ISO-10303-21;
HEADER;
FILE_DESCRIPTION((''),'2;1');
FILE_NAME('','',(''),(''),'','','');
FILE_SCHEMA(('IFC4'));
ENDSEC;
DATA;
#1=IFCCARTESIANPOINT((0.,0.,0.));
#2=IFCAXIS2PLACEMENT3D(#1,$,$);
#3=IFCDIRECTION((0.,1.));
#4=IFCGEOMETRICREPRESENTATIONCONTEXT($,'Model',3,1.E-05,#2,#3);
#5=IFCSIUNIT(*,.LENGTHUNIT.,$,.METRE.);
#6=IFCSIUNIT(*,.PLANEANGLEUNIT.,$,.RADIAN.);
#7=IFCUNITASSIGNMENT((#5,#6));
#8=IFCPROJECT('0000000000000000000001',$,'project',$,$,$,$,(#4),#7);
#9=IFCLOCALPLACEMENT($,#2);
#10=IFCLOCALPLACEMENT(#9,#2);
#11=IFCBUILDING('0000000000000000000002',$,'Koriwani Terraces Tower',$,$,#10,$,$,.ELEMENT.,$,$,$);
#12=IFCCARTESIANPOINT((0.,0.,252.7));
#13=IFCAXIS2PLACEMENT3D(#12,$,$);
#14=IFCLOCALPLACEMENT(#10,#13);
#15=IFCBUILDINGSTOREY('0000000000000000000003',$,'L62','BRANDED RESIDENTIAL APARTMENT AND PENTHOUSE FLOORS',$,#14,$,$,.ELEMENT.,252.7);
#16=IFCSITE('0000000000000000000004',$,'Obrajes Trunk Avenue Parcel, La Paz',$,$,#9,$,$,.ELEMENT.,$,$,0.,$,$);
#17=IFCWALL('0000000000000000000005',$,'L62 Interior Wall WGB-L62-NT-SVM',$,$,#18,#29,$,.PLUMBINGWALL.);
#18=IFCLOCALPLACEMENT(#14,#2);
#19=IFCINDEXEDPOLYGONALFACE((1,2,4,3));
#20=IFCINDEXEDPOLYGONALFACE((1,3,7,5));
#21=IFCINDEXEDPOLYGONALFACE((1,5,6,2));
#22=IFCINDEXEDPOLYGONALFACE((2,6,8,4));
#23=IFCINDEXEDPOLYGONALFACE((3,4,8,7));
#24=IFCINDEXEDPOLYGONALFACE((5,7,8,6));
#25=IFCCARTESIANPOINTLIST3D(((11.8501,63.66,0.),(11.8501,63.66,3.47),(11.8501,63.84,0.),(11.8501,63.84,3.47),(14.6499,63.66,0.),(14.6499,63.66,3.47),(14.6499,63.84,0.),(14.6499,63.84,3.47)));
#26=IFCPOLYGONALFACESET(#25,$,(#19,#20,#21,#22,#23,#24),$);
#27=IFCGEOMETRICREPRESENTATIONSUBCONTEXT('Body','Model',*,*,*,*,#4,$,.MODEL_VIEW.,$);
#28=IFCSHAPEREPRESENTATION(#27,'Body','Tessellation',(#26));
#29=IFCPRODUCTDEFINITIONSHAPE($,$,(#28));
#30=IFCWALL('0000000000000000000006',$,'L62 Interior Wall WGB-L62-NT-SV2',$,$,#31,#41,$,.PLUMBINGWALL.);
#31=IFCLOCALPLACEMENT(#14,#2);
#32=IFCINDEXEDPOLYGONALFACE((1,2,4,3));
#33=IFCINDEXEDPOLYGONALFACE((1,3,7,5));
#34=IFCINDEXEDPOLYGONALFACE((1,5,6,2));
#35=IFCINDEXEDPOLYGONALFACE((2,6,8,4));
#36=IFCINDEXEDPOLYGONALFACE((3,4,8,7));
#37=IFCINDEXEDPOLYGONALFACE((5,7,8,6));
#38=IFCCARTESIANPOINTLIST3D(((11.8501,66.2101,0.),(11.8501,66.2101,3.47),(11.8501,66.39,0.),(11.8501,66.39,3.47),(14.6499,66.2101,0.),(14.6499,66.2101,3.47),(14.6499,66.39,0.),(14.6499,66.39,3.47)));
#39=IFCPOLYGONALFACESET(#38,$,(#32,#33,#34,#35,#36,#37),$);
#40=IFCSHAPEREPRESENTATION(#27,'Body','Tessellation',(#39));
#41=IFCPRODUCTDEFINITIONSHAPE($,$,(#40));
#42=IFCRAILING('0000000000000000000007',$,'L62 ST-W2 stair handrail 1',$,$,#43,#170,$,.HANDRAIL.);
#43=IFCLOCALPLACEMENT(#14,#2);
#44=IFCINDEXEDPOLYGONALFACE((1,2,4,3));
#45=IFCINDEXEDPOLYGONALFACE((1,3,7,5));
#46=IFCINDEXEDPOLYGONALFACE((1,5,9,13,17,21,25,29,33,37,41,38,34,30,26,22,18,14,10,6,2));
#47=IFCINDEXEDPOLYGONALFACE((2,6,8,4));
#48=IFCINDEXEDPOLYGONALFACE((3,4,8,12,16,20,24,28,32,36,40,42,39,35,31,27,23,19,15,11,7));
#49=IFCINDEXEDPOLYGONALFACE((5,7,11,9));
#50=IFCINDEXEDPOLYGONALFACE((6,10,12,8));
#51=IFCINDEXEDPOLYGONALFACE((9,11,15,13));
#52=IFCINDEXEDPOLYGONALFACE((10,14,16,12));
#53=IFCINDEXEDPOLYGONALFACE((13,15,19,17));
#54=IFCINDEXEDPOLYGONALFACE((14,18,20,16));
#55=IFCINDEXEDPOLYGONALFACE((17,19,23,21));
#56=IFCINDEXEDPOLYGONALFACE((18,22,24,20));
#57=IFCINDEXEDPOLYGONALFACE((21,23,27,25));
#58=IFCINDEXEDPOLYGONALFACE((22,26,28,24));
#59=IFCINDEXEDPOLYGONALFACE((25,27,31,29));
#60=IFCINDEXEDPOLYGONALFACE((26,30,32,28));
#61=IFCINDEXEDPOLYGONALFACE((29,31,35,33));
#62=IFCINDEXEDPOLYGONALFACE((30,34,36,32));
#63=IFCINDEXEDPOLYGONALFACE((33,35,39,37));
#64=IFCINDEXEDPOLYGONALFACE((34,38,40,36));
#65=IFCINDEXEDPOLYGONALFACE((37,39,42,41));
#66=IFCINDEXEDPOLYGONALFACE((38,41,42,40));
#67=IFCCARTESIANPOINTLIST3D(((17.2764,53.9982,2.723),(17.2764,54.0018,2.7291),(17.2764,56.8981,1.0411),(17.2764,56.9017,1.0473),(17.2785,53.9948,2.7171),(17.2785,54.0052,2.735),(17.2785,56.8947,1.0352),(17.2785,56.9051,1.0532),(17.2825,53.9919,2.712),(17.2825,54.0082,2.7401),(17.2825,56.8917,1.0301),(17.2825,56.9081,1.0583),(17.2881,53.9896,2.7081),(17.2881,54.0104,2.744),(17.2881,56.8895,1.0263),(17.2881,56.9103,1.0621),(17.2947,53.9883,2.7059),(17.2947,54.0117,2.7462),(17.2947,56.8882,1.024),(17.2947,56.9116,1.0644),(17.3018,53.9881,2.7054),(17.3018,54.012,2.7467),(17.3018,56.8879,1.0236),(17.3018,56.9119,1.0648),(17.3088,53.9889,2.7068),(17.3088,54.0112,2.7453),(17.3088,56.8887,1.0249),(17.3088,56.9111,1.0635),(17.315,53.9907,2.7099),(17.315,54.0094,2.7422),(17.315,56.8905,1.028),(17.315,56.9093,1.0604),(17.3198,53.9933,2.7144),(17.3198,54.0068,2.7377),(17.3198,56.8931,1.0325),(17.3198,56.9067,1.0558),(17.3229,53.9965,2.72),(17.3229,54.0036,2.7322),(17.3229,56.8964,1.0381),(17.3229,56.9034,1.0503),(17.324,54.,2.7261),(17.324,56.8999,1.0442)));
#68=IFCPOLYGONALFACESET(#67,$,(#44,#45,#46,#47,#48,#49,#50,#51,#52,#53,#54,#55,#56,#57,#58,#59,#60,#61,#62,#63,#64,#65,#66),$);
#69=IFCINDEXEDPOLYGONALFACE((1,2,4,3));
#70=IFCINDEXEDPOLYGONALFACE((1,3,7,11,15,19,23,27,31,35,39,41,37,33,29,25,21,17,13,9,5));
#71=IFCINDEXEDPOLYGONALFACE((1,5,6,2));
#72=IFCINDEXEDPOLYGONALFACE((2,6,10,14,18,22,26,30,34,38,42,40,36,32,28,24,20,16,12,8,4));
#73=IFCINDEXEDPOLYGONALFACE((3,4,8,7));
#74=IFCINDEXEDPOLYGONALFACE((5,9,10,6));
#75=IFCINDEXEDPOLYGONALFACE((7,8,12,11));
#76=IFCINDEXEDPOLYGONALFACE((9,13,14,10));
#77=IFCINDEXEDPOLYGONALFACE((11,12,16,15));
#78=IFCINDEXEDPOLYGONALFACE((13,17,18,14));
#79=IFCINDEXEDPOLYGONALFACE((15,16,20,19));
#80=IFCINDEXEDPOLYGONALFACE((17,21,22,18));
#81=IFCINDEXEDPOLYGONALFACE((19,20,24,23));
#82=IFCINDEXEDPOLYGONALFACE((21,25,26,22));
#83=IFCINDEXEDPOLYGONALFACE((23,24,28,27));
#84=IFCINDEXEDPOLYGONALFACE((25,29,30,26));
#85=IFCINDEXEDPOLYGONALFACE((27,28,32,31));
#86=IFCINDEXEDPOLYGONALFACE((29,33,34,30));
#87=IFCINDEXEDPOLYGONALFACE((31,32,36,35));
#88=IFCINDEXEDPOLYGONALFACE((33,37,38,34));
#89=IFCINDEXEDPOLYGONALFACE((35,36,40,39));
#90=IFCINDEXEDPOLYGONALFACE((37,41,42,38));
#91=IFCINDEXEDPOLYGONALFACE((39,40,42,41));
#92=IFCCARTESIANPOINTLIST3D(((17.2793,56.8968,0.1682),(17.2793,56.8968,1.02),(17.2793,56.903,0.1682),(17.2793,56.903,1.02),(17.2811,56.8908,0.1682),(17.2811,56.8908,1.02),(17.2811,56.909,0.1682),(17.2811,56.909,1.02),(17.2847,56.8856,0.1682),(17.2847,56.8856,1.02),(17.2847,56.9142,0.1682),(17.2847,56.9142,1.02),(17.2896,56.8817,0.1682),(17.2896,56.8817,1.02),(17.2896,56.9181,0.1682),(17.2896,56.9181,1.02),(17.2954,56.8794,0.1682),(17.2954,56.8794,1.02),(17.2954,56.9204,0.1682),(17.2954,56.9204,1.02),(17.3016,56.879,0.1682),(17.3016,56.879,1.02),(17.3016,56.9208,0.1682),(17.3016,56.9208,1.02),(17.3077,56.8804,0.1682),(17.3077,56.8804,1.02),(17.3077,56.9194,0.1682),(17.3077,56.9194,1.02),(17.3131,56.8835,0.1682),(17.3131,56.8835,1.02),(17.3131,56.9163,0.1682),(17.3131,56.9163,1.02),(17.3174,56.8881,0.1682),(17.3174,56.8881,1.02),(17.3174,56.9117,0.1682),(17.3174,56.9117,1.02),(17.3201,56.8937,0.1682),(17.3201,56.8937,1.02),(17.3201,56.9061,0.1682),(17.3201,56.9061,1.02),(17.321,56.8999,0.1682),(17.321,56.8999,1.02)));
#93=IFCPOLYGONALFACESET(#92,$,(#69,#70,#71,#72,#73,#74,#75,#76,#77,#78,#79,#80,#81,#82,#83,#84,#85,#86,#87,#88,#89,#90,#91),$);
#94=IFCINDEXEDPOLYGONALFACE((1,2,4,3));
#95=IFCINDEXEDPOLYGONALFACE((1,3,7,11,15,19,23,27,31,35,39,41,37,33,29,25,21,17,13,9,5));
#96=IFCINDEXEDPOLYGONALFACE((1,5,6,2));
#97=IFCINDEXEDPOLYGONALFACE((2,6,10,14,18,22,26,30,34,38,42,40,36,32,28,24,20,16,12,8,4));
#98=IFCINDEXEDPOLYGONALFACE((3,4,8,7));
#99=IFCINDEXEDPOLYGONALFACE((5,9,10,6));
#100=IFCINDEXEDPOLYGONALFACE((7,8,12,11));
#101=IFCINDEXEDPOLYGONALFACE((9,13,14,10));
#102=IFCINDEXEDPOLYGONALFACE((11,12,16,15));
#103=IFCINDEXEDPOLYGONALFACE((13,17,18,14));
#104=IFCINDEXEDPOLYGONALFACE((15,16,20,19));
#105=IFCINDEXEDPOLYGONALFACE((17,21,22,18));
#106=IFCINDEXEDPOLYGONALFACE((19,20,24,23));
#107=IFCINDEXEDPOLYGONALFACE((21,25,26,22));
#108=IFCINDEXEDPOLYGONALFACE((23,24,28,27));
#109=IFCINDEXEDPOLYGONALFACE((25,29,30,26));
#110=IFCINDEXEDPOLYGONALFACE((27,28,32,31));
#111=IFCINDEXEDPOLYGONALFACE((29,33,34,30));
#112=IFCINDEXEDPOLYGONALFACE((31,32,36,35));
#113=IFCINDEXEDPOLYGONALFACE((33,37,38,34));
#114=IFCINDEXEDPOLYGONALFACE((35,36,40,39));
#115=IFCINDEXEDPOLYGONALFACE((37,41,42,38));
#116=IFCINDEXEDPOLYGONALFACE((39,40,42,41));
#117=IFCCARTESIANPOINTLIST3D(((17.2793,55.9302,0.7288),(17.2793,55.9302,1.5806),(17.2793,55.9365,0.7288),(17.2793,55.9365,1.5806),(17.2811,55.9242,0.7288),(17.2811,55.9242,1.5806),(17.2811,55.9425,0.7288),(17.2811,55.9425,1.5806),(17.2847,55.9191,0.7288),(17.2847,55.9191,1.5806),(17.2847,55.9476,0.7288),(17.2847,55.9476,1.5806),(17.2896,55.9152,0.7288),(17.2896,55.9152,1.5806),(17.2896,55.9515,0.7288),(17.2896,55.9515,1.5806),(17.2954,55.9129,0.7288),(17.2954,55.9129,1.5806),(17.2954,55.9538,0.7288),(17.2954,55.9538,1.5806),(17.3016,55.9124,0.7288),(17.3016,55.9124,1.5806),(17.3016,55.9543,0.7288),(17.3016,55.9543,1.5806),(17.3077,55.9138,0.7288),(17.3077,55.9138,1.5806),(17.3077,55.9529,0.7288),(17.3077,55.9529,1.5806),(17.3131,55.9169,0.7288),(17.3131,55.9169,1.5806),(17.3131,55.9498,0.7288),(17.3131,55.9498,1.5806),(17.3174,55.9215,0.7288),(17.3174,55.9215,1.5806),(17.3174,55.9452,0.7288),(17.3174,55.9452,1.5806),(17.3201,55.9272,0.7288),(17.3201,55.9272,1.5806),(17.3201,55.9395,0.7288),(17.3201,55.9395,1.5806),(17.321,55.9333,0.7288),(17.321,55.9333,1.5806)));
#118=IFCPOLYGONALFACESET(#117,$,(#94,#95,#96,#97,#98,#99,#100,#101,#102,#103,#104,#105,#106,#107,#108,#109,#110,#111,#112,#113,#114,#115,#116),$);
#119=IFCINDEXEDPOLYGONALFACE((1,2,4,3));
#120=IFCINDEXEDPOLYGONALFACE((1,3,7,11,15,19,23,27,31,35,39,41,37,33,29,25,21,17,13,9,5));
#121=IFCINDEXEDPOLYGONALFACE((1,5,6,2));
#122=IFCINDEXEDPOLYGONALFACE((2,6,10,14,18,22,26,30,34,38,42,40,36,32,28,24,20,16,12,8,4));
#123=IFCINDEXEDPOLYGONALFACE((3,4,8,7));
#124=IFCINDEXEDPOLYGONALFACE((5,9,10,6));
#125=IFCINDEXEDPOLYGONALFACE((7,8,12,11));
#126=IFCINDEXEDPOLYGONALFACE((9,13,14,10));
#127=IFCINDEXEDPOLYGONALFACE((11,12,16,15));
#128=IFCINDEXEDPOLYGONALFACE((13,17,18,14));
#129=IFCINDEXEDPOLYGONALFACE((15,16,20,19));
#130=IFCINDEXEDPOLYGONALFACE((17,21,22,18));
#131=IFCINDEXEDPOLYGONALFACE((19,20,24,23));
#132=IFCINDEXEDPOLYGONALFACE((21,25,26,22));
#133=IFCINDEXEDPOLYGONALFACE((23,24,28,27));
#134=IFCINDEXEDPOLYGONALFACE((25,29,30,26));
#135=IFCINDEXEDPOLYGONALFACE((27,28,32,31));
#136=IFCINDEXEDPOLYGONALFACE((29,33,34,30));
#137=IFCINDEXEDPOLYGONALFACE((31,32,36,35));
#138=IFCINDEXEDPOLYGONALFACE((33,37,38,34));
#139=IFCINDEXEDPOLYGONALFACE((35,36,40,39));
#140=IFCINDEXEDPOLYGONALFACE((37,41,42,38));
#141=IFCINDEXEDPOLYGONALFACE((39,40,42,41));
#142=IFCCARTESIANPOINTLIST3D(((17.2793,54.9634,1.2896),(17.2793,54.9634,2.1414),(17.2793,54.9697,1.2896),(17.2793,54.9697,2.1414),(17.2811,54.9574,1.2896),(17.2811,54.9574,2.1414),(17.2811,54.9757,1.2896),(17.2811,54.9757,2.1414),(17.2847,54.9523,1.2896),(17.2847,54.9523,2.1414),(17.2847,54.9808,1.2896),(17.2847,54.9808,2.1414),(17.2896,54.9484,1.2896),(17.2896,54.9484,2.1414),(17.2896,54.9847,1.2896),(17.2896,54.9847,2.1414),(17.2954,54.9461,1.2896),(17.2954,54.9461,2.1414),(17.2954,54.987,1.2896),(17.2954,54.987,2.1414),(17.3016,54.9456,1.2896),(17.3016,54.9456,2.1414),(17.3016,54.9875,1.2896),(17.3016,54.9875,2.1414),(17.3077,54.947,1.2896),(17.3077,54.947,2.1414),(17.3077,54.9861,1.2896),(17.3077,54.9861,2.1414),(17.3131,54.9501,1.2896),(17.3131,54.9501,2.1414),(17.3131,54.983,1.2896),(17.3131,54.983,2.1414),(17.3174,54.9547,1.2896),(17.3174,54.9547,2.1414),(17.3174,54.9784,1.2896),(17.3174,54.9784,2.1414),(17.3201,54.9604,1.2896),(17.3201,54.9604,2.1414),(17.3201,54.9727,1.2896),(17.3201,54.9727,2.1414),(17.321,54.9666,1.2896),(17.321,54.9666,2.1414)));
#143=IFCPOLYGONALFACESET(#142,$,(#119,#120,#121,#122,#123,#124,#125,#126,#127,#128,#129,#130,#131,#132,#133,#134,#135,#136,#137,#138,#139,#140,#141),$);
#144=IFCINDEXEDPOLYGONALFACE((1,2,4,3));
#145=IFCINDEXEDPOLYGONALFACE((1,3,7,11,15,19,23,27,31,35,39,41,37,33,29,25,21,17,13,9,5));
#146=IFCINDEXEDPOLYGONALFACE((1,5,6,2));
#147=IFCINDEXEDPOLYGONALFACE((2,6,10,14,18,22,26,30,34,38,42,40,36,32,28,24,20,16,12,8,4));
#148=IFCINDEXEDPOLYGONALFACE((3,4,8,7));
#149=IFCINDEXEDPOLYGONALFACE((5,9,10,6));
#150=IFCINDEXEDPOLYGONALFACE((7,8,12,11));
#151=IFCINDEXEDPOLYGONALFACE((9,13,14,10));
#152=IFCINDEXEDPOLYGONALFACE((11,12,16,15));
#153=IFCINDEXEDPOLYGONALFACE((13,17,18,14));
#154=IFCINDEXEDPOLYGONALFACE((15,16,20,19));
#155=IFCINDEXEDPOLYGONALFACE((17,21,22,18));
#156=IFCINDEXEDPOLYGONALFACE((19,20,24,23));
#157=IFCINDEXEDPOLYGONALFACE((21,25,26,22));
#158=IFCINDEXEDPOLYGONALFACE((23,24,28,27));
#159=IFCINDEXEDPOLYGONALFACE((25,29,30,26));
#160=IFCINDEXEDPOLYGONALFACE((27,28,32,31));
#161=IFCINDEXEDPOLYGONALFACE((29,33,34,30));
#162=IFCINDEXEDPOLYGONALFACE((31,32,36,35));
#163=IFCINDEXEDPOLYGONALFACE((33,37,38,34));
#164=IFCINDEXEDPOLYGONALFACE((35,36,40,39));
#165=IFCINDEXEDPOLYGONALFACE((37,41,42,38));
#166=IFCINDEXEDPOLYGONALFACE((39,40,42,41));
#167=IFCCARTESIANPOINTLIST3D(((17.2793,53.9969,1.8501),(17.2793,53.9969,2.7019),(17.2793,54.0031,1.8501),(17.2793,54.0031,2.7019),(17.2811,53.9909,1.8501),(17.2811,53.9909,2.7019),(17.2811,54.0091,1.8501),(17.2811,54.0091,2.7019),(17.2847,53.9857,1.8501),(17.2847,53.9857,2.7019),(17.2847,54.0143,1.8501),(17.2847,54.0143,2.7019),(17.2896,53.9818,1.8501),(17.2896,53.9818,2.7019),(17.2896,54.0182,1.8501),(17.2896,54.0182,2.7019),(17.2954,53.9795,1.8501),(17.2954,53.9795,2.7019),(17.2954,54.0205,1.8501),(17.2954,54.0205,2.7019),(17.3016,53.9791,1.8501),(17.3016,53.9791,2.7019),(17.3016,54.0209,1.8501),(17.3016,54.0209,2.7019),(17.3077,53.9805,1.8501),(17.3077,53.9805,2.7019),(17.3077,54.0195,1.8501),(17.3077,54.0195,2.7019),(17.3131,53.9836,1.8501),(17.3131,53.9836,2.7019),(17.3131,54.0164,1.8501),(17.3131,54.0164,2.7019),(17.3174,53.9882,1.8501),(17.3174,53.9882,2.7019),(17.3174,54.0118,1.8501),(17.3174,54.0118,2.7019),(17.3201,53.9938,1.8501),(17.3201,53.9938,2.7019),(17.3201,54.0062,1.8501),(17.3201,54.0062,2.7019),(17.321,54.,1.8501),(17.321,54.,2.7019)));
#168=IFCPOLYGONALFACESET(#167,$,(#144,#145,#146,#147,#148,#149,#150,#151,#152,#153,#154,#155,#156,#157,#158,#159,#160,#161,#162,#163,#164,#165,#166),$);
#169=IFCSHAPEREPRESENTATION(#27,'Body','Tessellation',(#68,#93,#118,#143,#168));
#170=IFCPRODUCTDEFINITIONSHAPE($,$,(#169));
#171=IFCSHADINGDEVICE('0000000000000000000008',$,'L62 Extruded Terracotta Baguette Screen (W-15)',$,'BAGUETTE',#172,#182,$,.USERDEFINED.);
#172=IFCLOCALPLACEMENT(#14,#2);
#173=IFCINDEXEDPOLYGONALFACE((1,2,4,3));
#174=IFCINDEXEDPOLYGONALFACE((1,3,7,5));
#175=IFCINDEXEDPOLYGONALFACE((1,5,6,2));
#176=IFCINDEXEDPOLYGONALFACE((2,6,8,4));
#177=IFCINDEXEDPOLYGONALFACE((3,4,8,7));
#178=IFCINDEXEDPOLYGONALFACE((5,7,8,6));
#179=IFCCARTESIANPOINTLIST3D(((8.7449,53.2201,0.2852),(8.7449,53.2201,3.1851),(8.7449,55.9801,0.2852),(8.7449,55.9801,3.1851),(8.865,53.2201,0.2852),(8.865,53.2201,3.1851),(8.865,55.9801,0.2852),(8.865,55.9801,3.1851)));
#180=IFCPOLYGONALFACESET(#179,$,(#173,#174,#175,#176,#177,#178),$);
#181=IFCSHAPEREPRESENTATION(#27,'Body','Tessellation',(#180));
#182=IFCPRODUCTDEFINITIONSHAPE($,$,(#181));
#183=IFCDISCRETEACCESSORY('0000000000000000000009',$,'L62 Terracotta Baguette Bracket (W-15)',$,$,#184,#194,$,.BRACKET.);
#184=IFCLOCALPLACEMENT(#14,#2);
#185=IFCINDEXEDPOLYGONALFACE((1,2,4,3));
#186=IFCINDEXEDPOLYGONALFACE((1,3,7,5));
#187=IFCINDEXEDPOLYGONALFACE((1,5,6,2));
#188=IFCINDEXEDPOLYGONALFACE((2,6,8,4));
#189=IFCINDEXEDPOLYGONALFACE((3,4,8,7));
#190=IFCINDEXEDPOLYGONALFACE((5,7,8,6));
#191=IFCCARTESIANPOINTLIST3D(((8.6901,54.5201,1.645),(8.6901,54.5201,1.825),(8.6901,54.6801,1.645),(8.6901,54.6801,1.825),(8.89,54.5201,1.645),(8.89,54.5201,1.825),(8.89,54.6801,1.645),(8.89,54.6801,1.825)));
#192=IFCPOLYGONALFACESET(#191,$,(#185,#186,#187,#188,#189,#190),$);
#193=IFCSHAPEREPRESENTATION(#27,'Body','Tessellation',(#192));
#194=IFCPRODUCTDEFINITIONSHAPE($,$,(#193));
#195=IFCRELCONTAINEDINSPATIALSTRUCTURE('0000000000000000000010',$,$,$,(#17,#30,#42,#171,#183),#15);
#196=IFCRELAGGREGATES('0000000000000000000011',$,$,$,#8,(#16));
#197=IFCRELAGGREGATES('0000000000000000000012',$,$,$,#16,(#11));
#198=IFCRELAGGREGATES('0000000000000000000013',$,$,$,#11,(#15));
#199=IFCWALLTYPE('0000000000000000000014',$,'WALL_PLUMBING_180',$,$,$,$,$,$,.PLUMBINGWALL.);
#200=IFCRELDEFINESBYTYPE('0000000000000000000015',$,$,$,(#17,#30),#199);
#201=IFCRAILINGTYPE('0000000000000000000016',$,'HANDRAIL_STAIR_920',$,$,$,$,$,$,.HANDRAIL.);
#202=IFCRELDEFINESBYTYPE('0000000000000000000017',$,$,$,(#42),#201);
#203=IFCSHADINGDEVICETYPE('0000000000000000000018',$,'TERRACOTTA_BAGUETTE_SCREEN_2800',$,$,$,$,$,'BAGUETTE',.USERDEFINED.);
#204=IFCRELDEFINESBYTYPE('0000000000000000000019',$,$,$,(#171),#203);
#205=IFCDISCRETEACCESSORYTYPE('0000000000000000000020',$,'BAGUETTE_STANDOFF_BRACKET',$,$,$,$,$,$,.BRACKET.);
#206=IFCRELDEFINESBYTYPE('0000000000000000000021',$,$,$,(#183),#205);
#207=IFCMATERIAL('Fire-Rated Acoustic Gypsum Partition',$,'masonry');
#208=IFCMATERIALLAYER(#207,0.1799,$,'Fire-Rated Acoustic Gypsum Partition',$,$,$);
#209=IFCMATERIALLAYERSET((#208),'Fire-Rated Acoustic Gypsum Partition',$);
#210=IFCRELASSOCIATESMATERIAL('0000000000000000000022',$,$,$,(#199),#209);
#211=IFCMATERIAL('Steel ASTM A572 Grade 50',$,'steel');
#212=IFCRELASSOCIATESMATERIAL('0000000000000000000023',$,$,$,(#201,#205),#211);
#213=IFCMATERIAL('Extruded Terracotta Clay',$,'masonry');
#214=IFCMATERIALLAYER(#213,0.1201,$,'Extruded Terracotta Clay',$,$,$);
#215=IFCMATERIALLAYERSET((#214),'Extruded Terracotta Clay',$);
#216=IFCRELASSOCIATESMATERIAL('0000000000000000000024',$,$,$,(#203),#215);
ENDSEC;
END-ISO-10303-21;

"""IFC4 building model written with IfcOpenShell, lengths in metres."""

from ifc_helpers import new_model, si_unit, direction, frame, frame_2d, origin, origin_2d, place, context, subcontext, project, spatial, rectangle, circle, extrude, material, layer, layer_set, type_object, element, save


model = new_model("IFC4")

# Units and contexts
model_context = context("Model", 3, precision=1e-05, world=origin(), true_north=direction((0.0, 1.0)))
body_context = subcontext(model_context, "Body", "Model", "MODEL_VIEW")
ifc_project = project(units=[si_unit("LENGTHUNIT", "METRE"), si_unit("PLANEANGLEUNIT", "RADIAN")], contexts=[model_context])

# Site, building, storey
site_placement = place(None, origin())
site = spatial("IfcSite", under=ifc_project, at=site_placement, Name="Obrajes Trunk Avenue Parcel, La Paz", CompositionType="ELEMENT", RefElevation=0.0)
building_placement = place(site_placement, origin())
building = spatial("IfcBuilding", under=site, at=building_placement, Name="Koriwani Terraces Tower", CompositionType="ELEMENT")
storey_placement = place(building_placement, frame((0.0, 0.0, 252.7)))
storey = spatial("IfcBuildingStorey", under=building, at=storey_placement, Name="L62", Description="BRANDED RESIDENTIAL APARTMENT AND PENTHOUSE FLOORS", CompositionType="ELEMENT", Elevation=252.7)

# Shared definitions
ifc_material_1 = material(Name="Steel ASTM A572 Grade 50", Category="steel")

# Shared definitions
ifc_material_2 = material(Name="Fire-Rated Acoustic Gypsum Partition", Category="masonry")
ifc_layer_1 = layer(ifc_material_2, 0.1799, Name="Fire-Rated Acoustic Gypsum Partition")
ifc_layer_set_1 = layer_set([ifc_layer_1], Name="Fire-Rated Acoustic Gypsum Partition")
wall_type_1 = type_object("IfcWallType", Name="WALL_PLUMBING_180", PredefinedType="PLUMBINGWALL", material=ifc_layer_set_1)

# Walls
for number, where, z_axis, x_axis, name in (
    (1, (11.8501, 63.75, 0.0), (0.0, 0.0, 1.0), (1.0, 0.0, 0.0), "L62 Interior Wall WGB-L62-NT-SVM"),
    (2, (11.8501, 66.3, 0.0), (0.0, 0.0, 1.0), (1.0, 0.0, 0.0), "L62 Interior Wall WGB-L62-NT-SV2"),
):
    element("IfcWall", number, at=place(storey_placement, frame(where, z_axis=z_axis, x_axis=x_axis)), inside=storey, type_object=wall_type_1, Name=name, PredefinedType="PLUMBINGWALL", context=body_context, shape_type="SweptSolid", body=[
        extrude(rectangle(XDim=2.7998, YDim=0.1799, at=frame_2d((1.3999, 0.0))), origin(), (0.0, 0.0, 1.0), 3.47),
    ])

# Railing
railing_type = type_object("IfcRailingType", Name="HANDRAIL_STAIR_920", PredefinedType="HANDRAIL", material=ifc_material_1)
railing_placement = place(storey_placement, frame((17.3, 56.8999, 0.1682)))
element("IfcRailing", 3, at=railing_placement, inside=storey, type_object=railing_type, Name="L62 ST-W2 stair handrail 1", PredefinedType="HANDRAIL", context=body_context, shape_type="SweptSolid", body=[
    extrude(circle(Radius=0.0239, at=origin_2d()), frame((0.0, 0.0, 0.876), z_axis=(0.0, -0.865039, 0.501705), x_axis=(1.0, 0.0, 0.0)), (0.0, 0.0, 1.0), 3.3523),
    extrude(circle(Radius=0.021, at=origin_2d()), origin(), (0.0, 0.0, 1.0), 0.8518),
    extrude(circle(Radius=0.021, at=origin_2d()), frame((0.0, -0.9666, 0.5605)), (0.0, 0.0, 1.0), 0.8518),
    extrude(circle(Radius=0.021, at=origin_2d()), frame((0.0, -1.9333, 1.1213)), (0.0, 0.0, 1.0), 0.8518),
    extrude(circle(Radius=0.021, at=origin_2d()), frame((0.0, -2.8999, 1.6819)), (0.0, 0.0, 1.0), 0.8518),
])

# Shading device
ifc_material_3 = material(Name="Extruded Terracotta Clay", Category="masonry")
ifc_layer_2 = layer(ifc_material_3, 0.1201, Name="Extruded Terracotta Clay")
ifc_layer_set_2 = layer_set([ifc_layer_2], Name="Extruded Terracotta Clay")
shading_device_type = type_object("IfcShadingDeviceType", Name="TERRACOTTA_BAGUETTE_SCREEN_2800", ElementType="BAGUETTE", PredefinedType="USERDEFINED", material=ifc_layer_set_2)
shading_device_placement = place(storey_placement, frame((8.8049, 54.6001, 0.2852), z_axis=(0.0, 0.0, 1.0), x_axis=(0.0, 1.0, 0.0)))
element("IfcShadingDevice", 4, at=shading_device_placement, inside=storey, type_object=shading_device_type, Name="L62 Extruded Terracotta Baguette Screen (W-15)", ObjectType="BAGUETTE", PredefinedType="USERDEFINED", context=body_context, shape_type="SweptSolid", body=[
    extrude(rectangle(XDim=2.76, YDim=0.1201, at=origin_2d()), origin(), (0.0, 0.0, 1.0), 2.8999),
])

# Discrete accessory
discrete_accessory_type = type_object("IfcDiscreteAccessoryType", Name="BAGUETTE_STANDOFF_BRACKET", PredefinedType="BRACKET", material=ifc_material_1)
discrete_accessory_placement = place(storey_placement, frame((8.79, 54.6001, 1.645), z_axis=(0.0, 0.0, 1.0), x_axis=(0.0, 1.0, 0.0)))
element("IfcDiscreteAccessory", 5, at=discrete_accessory_placement, inside=storey, type_object=discrete_accessory_type, Name="L62 Terracotta Baguette Bracket (W-15)", PredefinedType="BRACKET", context=body_context, shape_type="SweptSolid", body=[
    extrude(rectangle(XDim=0.1599, YDim=0.2, at=origin_2d()), origin(), (0.0, 0.0, 1.0), 0.1799),
])

save(model, "model.ifc")
